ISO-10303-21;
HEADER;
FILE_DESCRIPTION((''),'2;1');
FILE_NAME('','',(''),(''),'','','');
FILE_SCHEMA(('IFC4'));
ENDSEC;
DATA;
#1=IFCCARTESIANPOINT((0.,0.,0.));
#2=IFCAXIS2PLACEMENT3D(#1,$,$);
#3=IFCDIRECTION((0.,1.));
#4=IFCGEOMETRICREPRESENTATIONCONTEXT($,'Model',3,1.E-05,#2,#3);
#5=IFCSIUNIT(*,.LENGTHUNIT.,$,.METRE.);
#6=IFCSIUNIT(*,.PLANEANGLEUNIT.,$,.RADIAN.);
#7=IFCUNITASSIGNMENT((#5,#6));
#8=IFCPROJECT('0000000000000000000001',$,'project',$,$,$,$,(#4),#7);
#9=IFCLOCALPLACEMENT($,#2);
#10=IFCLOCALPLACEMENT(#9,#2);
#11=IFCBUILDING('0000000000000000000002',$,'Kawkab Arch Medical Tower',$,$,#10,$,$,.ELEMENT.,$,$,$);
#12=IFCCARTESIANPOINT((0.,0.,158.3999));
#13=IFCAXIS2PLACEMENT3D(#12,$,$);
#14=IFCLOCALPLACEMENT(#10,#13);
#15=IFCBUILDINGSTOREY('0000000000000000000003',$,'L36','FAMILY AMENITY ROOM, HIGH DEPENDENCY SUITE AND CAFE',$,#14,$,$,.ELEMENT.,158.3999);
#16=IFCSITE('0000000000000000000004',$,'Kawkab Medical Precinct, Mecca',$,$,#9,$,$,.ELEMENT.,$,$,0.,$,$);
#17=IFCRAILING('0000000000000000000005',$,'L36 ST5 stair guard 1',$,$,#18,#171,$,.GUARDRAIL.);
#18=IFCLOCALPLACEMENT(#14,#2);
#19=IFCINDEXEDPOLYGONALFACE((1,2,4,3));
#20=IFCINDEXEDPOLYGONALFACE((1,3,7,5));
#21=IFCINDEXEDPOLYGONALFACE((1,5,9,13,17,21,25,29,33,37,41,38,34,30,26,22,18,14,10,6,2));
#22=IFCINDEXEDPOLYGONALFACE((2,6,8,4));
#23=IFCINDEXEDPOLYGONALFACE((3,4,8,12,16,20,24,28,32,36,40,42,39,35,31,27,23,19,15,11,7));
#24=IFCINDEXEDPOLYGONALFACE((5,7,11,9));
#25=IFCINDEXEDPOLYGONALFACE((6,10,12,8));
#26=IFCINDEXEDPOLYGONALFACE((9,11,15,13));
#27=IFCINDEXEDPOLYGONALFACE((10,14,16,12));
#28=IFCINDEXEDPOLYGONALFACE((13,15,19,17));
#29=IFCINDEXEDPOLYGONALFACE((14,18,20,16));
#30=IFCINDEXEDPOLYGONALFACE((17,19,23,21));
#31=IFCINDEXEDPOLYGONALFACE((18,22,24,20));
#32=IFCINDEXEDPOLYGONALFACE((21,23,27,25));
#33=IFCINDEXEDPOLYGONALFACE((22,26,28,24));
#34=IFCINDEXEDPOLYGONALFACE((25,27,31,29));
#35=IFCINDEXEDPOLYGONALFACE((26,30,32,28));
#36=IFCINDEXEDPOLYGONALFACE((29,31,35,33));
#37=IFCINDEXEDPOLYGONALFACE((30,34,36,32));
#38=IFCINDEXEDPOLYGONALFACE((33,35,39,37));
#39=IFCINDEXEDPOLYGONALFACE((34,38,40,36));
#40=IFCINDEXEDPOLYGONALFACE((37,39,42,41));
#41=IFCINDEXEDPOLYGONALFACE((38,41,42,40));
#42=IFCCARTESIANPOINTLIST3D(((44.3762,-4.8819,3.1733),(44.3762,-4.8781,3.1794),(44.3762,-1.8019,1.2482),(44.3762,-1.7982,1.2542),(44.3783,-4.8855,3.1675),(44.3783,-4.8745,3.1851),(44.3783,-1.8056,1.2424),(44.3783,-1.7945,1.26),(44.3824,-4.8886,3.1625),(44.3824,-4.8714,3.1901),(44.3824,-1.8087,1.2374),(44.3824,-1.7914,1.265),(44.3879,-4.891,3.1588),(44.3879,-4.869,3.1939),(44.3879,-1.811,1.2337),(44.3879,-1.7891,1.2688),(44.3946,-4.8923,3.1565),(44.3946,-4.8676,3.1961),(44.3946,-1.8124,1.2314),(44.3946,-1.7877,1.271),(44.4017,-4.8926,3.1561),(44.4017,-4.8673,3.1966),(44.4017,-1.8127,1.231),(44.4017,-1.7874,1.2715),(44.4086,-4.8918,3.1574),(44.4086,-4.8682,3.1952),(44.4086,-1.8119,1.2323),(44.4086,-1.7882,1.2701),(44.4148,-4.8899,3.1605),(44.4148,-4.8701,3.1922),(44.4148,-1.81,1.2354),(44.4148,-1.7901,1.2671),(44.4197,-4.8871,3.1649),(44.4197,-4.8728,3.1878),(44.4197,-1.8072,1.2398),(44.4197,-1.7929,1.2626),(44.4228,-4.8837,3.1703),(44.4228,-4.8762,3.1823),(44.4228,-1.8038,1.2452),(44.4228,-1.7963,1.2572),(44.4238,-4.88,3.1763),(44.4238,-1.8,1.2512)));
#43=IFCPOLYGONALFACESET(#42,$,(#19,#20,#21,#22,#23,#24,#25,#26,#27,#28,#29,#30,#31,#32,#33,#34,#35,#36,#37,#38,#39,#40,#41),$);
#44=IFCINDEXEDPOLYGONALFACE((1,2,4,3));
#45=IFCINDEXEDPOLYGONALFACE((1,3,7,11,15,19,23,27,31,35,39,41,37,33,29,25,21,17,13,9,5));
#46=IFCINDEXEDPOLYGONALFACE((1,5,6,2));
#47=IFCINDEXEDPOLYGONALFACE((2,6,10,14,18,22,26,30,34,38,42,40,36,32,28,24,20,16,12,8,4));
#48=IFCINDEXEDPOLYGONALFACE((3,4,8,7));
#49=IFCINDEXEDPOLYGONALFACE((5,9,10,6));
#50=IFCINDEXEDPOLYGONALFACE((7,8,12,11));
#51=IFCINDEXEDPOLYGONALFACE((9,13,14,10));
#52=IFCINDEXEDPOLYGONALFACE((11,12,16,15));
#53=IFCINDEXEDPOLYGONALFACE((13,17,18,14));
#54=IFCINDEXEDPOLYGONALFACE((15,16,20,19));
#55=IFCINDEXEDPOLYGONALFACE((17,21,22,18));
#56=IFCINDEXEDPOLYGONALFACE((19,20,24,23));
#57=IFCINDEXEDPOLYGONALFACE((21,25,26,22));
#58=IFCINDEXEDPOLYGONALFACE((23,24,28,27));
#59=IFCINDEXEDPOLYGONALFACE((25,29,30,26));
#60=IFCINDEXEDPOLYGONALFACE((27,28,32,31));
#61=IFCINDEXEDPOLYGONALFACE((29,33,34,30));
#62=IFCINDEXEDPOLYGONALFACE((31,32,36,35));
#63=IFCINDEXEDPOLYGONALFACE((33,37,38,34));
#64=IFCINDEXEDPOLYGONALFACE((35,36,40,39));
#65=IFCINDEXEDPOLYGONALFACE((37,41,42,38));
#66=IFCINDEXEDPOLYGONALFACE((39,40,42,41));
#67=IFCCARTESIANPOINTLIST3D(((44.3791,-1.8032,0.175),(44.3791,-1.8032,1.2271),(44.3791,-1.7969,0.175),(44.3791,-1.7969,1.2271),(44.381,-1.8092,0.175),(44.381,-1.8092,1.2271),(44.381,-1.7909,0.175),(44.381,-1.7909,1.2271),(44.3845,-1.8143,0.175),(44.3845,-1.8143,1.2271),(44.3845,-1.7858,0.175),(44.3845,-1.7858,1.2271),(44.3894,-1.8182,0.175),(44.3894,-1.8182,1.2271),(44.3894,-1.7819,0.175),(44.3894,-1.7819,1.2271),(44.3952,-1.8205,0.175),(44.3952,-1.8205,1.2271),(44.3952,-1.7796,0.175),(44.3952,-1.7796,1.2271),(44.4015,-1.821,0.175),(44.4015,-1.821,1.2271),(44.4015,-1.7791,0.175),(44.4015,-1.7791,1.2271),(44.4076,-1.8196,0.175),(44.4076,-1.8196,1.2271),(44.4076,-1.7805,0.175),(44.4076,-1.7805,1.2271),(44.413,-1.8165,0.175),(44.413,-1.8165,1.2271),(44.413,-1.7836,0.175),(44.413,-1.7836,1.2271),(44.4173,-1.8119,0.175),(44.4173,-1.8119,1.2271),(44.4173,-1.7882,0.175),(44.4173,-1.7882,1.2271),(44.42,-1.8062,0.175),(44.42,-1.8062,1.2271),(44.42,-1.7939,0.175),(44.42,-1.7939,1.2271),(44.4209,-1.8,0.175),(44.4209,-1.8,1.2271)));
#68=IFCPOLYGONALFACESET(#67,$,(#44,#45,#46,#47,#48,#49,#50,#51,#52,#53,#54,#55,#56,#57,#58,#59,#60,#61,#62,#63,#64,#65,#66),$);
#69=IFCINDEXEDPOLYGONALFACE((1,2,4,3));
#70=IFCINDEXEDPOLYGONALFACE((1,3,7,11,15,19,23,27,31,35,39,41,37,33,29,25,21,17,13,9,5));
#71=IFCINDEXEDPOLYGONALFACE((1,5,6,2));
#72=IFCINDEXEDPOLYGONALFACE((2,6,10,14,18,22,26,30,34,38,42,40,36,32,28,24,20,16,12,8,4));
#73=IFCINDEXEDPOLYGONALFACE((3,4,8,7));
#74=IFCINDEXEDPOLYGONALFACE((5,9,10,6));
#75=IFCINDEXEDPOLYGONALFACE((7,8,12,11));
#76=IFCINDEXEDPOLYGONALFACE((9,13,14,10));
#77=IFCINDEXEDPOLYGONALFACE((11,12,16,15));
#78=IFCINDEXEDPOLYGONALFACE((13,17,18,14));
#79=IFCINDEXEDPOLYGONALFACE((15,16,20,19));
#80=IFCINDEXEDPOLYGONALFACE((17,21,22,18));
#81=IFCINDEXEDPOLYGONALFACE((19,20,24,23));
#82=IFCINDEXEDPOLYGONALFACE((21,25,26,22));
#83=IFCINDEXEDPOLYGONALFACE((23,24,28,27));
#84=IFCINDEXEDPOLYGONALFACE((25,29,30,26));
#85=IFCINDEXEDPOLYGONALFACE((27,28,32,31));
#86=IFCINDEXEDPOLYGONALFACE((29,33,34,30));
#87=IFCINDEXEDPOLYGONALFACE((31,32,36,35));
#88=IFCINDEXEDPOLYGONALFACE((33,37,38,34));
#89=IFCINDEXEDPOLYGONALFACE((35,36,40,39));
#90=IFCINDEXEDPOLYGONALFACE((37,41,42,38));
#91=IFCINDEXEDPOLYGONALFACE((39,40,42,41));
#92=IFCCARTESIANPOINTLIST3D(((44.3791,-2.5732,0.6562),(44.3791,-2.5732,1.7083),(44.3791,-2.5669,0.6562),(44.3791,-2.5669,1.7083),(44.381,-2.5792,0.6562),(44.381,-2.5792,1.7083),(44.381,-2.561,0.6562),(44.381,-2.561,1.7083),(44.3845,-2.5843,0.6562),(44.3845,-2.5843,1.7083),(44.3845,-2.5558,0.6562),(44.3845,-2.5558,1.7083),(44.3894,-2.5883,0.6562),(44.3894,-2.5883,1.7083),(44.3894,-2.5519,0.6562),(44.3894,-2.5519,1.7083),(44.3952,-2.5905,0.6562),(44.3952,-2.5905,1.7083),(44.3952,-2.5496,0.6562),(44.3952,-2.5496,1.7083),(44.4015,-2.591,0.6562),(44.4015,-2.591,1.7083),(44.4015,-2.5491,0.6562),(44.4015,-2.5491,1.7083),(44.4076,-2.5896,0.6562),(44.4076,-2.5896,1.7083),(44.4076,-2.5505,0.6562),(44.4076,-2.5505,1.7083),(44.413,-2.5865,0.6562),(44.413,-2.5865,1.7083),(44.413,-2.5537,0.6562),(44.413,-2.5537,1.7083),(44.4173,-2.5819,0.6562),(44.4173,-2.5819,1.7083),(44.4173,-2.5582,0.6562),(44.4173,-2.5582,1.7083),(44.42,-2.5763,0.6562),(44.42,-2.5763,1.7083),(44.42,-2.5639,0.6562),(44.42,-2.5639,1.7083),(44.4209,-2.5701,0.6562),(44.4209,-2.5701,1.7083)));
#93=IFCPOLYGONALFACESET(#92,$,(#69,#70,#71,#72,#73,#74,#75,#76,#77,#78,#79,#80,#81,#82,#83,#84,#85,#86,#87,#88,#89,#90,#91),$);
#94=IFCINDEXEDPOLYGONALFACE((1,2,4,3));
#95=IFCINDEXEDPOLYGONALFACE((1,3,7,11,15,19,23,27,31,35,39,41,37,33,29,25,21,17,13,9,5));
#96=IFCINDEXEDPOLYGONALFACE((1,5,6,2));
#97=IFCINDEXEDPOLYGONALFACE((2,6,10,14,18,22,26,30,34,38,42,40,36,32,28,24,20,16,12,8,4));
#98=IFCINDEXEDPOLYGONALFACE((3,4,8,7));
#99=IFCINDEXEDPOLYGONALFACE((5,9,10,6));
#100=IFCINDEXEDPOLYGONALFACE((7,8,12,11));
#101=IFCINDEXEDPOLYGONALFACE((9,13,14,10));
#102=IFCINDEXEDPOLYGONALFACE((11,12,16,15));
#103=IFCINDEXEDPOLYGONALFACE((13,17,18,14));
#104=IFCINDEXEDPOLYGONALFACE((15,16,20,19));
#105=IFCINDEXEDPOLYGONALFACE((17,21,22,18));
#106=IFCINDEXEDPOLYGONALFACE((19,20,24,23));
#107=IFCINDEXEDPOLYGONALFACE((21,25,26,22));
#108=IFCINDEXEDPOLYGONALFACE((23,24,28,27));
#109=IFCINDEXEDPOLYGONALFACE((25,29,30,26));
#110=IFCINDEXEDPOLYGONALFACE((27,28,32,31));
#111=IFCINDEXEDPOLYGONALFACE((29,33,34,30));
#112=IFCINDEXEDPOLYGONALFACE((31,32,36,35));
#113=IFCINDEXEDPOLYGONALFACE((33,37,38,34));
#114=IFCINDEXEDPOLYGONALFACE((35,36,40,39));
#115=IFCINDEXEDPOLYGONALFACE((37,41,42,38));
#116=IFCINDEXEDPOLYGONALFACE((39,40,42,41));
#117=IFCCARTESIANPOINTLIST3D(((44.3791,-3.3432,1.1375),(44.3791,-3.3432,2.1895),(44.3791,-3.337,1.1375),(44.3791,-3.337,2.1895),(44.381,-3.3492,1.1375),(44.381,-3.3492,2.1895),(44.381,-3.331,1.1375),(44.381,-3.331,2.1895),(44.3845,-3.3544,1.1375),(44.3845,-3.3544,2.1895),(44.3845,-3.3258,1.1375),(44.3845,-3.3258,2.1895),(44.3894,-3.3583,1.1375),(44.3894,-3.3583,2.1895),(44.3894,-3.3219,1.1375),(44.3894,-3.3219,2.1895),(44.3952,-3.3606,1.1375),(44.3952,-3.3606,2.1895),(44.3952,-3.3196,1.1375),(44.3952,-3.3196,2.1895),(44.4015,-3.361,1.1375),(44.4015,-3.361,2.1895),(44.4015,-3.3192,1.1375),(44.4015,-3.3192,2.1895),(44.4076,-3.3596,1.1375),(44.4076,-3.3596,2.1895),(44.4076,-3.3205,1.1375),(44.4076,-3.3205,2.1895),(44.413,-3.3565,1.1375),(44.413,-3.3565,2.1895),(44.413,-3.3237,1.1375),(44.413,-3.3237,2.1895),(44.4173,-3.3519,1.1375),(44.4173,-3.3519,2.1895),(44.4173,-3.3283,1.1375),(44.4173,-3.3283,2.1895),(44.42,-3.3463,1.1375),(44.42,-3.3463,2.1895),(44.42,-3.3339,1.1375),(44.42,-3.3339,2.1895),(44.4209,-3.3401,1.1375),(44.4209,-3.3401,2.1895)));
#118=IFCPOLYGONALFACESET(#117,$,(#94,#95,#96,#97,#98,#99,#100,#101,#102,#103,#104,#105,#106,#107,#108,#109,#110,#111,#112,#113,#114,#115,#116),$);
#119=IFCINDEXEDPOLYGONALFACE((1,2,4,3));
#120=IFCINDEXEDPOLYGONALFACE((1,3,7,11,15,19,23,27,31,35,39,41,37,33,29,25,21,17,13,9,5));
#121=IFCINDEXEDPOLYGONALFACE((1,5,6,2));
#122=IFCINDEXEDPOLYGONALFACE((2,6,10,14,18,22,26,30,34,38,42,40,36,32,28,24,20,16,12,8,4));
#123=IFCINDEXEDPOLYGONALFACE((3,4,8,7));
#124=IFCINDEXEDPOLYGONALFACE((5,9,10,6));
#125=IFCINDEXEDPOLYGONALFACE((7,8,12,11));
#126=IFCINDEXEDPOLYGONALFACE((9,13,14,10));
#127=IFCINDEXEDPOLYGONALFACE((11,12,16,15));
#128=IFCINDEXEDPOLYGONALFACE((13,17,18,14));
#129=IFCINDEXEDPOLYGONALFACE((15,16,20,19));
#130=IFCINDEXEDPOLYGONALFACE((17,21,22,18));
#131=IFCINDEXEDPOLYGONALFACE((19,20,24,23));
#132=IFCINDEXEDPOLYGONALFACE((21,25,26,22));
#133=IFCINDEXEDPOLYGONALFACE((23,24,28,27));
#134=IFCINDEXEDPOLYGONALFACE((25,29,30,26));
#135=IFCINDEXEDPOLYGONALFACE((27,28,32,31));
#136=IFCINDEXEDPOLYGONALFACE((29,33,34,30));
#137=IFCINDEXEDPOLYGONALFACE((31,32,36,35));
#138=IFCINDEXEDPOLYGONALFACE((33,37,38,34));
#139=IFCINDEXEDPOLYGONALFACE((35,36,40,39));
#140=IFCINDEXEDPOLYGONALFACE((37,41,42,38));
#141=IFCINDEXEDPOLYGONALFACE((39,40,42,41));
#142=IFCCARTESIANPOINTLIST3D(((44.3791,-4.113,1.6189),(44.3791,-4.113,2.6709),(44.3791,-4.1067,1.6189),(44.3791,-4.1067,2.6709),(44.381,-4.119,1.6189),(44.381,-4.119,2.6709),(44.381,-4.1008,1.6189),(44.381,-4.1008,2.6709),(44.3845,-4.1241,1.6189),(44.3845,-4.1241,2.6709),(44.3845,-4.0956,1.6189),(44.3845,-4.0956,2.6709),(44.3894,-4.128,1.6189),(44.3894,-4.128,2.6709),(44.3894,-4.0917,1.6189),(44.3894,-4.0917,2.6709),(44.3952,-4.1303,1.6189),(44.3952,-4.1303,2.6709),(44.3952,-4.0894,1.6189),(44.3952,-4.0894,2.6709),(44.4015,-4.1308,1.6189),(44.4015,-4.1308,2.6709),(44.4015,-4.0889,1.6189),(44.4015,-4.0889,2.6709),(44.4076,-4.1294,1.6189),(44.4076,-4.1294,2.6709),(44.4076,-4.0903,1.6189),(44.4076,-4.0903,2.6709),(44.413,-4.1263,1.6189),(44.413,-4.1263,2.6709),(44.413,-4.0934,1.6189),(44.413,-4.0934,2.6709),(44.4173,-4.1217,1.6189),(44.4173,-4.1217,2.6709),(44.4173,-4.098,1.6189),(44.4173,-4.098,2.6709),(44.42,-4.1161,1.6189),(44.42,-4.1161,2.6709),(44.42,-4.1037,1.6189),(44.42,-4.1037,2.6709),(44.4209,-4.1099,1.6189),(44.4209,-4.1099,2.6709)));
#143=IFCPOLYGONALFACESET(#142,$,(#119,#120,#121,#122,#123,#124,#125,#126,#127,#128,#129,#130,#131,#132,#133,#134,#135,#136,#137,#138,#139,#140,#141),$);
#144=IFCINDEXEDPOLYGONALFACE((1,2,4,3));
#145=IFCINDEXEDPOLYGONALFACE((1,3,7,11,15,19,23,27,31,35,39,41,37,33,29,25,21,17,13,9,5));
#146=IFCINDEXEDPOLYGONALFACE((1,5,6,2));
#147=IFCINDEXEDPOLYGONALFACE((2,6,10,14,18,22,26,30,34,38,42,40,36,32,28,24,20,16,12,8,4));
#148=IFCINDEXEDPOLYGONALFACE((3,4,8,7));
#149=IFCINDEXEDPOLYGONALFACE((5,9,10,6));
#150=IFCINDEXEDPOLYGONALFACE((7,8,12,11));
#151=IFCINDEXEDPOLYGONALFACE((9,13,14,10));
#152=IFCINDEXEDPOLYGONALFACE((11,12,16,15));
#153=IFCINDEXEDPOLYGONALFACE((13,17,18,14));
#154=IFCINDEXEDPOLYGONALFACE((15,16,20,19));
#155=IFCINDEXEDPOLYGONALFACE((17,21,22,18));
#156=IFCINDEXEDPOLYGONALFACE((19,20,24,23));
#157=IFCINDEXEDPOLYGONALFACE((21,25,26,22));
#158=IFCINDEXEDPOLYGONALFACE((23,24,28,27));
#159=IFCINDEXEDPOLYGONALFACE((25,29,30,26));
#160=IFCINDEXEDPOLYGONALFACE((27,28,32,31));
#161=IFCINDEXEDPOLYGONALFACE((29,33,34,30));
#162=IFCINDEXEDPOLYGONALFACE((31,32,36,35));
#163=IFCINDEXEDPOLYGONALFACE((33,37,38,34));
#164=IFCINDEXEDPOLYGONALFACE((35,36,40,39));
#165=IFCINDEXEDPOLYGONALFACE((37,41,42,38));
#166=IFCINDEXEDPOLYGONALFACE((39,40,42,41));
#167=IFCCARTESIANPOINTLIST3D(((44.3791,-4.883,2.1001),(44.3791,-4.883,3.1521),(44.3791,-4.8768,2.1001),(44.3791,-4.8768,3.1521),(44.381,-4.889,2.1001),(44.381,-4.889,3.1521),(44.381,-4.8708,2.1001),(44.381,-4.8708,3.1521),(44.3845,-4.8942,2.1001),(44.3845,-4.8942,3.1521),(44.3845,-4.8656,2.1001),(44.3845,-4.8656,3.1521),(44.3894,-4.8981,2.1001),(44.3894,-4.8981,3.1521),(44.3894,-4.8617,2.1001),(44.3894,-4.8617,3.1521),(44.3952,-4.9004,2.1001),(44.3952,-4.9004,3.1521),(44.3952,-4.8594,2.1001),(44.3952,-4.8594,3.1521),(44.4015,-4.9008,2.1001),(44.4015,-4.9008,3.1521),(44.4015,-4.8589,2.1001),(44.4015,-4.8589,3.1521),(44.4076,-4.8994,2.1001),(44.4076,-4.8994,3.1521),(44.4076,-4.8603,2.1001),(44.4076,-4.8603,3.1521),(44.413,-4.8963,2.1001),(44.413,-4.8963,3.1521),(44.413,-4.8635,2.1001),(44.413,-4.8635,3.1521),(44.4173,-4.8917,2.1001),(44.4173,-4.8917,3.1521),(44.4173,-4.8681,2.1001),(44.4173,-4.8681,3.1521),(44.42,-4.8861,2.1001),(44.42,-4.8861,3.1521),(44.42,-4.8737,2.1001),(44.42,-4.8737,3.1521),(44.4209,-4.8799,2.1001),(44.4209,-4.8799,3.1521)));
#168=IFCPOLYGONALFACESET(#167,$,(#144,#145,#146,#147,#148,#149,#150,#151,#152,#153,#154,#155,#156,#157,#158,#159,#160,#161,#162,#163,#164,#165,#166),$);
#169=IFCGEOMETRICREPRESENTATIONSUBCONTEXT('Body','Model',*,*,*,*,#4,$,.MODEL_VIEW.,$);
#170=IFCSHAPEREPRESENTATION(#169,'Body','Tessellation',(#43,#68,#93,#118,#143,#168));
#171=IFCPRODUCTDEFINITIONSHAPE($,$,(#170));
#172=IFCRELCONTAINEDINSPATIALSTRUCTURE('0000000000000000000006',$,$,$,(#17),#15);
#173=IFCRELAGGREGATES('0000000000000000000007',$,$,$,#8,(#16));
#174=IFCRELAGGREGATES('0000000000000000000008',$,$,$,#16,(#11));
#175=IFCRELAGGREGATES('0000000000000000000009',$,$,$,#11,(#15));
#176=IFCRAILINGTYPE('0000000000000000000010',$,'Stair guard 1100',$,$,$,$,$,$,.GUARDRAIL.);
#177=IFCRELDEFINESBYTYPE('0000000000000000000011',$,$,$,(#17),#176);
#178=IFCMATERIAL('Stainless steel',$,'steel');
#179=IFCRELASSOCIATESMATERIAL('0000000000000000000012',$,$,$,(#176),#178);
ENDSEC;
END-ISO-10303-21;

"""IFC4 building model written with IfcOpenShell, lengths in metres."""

from ifc_helpers import new_model, si_unit, direction, frame, origin, origin_2d, place, context, subcontext, project, spatial, circle, extrude, material, type_object, element, save


model = new_model("IFC4")

# Units and contexts
model_context = context("Model", 3, precision=1e-05, world=origin(), true_north=direction((0.0, 1.0)))
body_context = subcontext(model_context, "Body", "Model", "MODEL_VIEW")
ifc_project = project(units=[si_unit("LENGTHUNIT", "METRE"), si_unit("PLANEANGLEUNIT", "RADIAN")], contexts=[model_context])

# Site, building, storey
site_placement = place(None, origin())
site = spatial("IfcSite", under=ifc_project, at=site_placement, Name="Kawkab Medical Precinct, Mecca", CompositionType="ELEMENT", RefElevation=0.0)
building_placement = place(site_placement, origin())
building = spatial("IfcBuilding", under=site, at=building_placement, Name="Kawkab Arch Medical Tower", CompositionType="ELEMENT")
storey_placement = place(building_placement, frame((0.0, 0.0, 158.3999)))
storey = spatial("IfcBuildingStorey", under=building, at=storey_placement, Name="L36", Description="FAMILY AMENITY ROOM, HIGH DEPENDENCY SUITE AND CAFE", CompositionType="ELEMENT", Elevation=158.3999)

# Railing
ifc_material_1 = material(Name="Stainless steel", Category="steel")
railing_type_1 = type_object("IfcRailingType", Name="Stair guard 1100", PredefinedType="GUARDRAIL", material=ifc_material_1)
railing_1_placement = place(storey_placement, frame((44.3999, -1.8, 0.175)))
element("IfcRailing", 1, at=railing_1_placement, inside=storey, type_object=railing_type_1, Name="L36 ST5 stair guard 1", PredefinedType="GUARDRAIL", context=body_context, shape_type="SweptSolid", body=[
    extrude(circle(Radius=0.0239, at=origin_2d()), frame((0.0, 0.0, 1.0762), z_axis=(0.0, -0.847979, 0.530029), x_axis=(1.0, 0.0, 0.0)), (0.0, 0.0, 1.0), 3.6321),
    extrude(circle(Radius=0.021, at=origin_2d()), origin(), (0.0, 0.0, 1.0), 1.052),
    extrude(circle(Radius=0.021, at=origin_2d()), frame((0.0, -0.77, 0.4812)), (0.0, 0.0, 1.0), 1.052),
    extrude(circle(Radius=0.021, at=origin_2d()), frame((0.0, -1.54, 0.9624)), (0.0, 0.0, 1.0), 1.052),
    extrude(circle(Radius=0.021, at=origin_2d()), frame((0.0, -2.3098, 1.4438)), (0.0, 0.0, 1.0), 1.052),
    extrude(circle(Radius=0.021, at=origin_2d()), frame((0.0, -3.0798, 1.925)), (0.0, 0.0, 1.0), 1.052),
])

save(model, "model.ifc")
